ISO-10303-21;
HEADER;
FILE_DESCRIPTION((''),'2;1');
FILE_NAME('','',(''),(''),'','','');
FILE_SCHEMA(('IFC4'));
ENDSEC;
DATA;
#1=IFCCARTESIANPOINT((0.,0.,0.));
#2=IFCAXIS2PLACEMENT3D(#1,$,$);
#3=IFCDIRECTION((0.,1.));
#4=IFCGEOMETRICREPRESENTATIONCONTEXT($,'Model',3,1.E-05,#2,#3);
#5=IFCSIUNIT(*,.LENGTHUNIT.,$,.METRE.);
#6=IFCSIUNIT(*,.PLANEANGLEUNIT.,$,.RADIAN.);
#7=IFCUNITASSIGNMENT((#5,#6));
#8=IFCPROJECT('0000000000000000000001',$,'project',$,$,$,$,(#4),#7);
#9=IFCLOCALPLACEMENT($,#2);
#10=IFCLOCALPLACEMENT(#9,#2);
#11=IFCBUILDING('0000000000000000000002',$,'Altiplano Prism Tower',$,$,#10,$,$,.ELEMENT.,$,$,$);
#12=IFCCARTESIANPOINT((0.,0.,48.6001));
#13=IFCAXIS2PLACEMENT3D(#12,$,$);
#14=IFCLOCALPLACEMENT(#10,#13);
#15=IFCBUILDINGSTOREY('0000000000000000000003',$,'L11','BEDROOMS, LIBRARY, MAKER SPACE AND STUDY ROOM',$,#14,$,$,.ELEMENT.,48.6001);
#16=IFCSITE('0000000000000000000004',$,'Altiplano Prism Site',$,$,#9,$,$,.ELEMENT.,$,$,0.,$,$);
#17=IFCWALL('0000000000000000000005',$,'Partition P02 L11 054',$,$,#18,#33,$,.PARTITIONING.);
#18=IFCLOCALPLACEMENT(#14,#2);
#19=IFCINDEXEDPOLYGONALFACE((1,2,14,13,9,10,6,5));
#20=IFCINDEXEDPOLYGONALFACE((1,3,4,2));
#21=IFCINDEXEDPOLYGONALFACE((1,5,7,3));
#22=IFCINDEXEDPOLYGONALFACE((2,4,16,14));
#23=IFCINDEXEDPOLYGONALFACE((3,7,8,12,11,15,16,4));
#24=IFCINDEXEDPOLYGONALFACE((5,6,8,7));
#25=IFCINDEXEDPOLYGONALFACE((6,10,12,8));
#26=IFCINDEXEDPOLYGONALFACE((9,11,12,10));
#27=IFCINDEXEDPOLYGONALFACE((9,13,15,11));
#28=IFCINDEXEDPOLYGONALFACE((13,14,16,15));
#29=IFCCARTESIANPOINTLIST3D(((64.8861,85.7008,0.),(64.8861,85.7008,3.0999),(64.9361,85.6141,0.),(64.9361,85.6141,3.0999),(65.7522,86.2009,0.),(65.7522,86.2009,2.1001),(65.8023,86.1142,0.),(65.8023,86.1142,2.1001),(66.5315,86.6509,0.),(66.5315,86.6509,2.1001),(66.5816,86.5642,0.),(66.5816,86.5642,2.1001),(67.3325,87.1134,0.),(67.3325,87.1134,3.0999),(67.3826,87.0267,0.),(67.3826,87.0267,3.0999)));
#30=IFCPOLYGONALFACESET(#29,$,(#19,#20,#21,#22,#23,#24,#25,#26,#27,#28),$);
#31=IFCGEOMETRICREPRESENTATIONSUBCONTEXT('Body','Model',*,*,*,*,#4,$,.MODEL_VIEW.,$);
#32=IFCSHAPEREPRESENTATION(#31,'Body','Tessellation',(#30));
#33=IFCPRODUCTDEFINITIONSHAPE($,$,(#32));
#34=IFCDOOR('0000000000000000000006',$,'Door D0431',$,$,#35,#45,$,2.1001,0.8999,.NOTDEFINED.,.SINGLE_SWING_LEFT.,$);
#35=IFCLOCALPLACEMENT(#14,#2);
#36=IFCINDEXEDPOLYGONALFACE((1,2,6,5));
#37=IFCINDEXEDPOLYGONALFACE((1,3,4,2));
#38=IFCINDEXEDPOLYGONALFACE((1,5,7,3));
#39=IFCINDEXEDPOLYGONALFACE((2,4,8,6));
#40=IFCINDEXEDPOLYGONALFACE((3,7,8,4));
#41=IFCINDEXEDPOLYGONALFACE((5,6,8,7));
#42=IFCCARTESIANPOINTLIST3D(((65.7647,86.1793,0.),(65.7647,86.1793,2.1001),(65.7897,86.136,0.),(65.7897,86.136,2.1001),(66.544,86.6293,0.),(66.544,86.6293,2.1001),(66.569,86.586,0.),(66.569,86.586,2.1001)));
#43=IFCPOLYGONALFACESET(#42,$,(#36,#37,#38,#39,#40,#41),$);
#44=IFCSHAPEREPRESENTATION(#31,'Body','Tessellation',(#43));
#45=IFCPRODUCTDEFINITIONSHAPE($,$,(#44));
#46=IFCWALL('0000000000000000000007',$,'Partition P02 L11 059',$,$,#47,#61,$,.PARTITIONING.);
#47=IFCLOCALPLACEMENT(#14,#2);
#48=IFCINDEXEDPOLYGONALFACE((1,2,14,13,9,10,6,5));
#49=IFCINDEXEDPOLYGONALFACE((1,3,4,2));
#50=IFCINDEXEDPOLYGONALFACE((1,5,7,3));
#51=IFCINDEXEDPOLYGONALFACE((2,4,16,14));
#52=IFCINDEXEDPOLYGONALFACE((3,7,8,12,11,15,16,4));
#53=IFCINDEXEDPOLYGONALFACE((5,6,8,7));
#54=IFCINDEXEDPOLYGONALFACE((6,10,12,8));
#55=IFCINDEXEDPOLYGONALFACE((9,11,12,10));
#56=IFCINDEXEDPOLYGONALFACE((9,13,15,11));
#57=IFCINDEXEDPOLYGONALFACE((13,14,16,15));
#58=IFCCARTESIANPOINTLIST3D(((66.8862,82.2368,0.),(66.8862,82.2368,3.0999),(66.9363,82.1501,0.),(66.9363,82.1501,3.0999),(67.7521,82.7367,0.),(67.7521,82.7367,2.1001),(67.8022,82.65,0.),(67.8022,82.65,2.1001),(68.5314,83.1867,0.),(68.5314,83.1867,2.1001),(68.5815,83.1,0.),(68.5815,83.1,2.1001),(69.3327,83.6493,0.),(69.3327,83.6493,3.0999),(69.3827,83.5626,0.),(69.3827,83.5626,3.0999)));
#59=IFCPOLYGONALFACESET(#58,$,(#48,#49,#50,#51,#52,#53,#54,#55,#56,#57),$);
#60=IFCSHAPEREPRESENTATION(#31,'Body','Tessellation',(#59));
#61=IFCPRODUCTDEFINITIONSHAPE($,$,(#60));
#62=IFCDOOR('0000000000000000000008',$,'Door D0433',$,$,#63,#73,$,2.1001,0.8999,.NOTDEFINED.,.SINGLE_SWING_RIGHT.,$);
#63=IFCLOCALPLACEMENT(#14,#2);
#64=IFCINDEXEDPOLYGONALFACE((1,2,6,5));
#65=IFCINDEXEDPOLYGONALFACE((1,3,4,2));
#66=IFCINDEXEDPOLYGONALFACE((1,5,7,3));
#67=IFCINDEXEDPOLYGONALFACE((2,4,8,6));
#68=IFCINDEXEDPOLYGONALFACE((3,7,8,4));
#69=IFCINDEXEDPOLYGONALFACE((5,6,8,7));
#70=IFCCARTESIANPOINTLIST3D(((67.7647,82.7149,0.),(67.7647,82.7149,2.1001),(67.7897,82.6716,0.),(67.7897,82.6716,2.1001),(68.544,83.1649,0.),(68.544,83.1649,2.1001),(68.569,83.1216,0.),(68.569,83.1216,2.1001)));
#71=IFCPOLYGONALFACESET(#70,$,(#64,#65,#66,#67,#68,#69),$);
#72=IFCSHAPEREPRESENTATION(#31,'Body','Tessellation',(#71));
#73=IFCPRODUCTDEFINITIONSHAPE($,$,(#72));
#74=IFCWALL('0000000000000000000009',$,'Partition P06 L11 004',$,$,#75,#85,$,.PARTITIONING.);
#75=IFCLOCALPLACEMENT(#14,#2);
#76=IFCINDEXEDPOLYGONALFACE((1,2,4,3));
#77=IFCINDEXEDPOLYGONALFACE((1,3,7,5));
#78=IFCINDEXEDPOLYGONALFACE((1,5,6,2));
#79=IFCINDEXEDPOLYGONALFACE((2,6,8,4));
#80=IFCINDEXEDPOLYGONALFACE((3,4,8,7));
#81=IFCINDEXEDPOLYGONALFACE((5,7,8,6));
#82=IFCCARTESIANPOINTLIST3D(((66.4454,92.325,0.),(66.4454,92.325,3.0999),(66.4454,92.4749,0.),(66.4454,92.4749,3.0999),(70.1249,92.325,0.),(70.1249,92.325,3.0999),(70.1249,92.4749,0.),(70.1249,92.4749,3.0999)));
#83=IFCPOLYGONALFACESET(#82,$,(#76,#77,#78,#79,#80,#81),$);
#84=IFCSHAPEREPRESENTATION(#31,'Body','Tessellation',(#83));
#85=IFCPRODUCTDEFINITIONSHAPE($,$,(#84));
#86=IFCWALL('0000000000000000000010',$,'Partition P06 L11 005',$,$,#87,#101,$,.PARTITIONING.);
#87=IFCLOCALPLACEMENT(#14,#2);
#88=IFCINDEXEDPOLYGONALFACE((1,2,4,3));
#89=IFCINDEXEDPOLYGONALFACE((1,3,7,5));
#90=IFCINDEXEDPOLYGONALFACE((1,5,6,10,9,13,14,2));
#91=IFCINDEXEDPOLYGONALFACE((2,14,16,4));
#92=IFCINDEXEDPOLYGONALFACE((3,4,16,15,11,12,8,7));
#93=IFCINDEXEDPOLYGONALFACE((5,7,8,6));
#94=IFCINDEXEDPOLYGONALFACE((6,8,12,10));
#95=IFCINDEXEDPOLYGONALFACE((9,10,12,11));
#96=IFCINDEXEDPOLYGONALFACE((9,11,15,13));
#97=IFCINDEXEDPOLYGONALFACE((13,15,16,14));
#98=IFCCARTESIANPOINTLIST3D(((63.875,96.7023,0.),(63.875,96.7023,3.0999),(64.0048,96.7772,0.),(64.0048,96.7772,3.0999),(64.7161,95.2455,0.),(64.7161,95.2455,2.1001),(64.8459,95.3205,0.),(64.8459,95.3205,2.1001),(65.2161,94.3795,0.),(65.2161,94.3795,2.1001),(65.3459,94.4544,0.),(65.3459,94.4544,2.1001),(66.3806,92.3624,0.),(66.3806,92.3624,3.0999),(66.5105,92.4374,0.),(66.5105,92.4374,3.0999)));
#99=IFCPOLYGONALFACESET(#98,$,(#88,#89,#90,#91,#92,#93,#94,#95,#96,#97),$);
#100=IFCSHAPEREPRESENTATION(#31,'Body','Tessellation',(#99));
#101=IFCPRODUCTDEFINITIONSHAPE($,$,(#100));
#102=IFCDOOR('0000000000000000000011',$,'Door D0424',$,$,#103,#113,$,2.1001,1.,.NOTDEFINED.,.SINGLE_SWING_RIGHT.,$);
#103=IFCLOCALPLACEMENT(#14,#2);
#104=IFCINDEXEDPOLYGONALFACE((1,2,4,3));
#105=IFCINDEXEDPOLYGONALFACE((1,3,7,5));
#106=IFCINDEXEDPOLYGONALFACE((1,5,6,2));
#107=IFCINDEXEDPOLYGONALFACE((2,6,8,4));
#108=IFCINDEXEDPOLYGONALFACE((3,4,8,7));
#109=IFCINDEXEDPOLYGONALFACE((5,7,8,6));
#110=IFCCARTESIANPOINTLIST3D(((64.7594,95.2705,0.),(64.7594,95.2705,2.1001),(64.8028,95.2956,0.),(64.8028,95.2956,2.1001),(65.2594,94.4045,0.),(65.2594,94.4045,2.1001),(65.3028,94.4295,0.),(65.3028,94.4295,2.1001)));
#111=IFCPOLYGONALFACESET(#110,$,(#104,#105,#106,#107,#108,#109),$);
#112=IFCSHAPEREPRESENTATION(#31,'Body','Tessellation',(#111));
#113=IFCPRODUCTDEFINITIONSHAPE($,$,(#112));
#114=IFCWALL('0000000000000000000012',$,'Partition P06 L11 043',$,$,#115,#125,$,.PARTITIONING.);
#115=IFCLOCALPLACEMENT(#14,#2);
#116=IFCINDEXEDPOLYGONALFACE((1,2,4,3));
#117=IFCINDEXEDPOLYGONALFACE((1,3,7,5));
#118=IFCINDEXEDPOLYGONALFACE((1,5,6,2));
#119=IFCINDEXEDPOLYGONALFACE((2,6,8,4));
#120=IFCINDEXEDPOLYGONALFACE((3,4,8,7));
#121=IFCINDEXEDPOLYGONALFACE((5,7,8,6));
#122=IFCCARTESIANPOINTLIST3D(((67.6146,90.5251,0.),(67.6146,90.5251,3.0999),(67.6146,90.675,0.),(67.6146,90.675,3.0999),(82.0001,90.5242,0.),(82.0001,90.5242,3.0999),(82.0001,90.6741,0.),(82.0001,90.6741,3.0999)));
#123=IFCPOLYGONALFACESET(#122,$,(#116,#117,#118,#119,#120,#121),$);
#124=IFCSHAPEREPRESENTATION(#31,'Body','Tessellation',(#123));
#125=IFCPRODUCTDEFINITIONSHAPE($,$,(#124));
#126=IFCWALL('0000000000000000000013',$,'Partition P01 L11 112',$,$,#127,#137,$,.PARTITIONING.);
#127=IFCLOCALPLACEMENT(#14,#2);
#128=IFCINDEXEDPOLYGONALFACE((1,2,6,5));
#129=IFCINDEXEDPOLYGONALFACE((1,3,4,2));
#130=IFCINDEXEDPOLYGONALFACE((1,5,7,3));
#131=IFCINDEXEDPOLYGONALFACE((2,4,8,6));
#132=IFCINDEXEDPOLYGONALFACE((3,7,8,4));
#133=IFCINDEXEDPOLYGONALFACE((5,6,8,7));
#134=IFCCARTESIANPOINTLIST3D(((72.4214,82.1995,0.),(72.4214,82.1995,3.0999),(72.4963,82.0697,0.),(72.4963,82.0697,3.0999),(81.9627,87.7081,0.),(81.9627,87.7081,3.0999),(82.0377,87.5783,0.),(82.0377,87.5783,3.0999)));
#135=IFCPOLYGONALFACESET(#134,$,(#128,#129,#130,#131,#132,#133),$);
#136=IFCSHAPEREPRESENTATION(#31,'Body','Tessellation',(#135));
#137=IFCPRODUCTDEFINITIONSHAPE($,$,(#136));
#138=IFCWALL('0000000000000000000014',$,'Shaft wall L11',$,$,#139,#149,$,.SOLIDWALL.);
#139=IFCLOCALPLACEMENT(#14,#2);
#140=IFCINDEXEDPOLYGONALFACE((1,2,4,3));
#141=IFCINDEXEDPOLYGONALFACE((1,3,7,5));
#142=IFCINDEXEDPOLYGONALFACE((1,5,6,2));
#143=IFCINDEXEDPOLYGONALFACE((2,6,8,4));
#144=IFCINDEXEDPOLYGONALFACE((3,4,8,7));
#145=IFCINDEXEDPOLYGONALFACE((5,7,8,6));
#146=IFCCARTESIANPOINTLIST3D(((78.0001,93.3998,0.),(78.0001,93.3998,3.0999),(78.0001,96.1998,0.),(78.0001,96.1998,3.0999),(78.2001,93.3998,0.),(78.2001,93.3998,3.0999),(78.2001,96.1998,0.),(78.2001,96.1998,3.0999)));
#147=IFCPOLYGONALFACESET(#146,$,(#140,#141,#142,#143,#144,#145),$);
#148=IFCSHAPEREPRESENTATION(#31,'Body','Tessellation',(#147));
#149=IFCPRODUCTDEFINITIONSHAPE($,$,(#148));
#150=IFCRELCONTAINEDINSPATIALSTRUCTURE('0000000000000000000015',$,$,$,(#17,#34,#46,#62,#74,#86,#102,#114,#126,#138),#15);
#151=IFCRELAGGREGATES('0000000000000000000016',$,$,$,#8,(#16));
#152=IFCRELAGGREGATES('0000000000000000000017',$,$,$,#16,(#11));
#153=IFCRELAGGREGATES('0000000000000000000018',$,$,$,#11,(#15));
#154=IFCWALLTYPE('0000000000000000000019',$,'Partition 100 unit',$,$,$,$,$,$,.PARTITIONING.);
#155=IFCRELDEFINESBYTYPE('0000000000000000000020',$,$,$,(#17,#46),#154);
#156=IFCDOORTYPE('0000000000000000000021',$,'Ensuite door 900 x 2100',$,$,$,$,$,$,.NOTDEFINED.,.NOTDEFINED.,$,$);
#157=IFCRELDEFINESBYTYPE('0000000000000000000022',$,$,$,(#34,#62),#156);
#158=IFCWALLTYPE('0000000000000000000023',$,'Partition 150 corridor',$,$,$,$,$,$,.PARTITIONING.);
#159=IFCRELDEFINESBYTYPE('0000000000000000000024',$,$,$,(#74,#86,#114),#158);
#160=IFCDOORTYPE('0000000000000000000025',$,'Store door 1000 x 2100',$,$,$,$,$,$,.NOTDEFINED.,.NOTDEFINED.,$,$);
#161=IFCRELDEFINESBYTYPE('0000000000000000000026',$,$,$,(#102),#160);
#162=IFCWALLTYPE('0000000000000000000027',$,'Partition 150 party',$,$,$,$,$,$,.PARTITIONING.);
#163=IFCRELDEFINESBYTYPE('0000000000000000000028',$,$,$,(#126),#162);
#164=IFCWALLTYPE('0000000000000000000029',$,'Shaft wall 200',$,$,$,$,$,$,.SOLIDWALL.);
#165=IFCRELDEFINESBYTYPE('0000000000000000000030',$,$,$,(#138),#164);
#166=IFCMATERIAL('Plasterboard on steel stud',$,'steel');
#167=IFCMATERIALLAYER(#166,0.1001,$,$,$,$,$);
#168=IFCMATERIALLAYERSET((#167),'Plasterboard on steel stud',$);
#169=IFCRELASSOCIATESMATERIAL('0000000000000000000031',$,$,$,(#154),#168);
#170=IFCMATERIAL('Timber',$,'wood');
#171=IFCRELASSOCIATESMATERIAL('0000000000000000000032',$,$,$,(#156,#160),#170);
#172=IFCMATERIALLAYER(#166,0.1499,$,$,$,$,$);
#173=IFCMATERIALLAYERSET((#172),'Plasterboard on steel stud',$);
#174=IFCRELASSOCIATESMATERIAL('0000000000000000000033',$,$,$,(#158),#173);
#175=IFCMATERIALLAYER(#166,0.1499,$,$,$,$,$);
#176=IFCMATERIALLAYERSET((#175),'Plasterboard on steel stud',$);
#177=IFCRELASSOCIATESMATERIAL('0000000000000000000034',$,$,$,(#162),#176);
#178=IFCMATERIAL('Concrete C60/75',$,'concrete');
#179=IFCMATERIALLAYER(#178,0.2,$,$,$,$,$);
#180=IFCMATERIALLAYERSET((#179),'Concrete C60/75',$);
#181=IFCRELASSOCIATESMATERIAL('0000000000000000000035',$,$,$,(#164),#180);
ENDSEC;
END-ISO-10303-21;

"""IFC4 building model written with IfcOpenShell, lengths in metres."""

from ifc_helpers import new_model, si_unit, direction, frame, frame_2d, origin, place, context, subcontext, project, spatial, rectangle, extrude, material, layer, layer_set, type_object, element, fill, save


model = new_model("IFC4")

# Units and contexts
model_context = context("Model", 3, precision=1e-05, world=origin(), true_north=direction((0.0, 1.0)))
body_context = subcontext(model_context, "Body", "Model", "MODEL_VIEW")
ifc_project = project(units=[si_unit("LENGTHUNIT", "METRE"), si_unit("PLANEANGLEUNIT", "RADIAN")], contexts=[model_context])

# Site, building, storey
site_placement = place(None, origin())
site = spatial("IfcSite", under=ifc_project, at=site_placement, Name="Altiplano Prism Site", CompositionType="ELEMENT", RefElevation=0.0)
building_placement = place(site_placement, origin())
building = spatial("IfcBuilding", under=site, at=building_placement, Name="Altiplano Prism Tower", CompositionType="ELEMENT")
storey_placement = place(building_placement, frame((0.0, 0.0, 48.6001)))
storey = spatial("IfcBuildingStorey", under=building, at=storey_placement, Name="L11", Description="BEDROOMS, LIBRARY, MAKER SPACE AND STUDY ROOM", CompositionType="ELEMENT", Elevation=48.6001)

# Shared definitions
ifc_material_1 = material(Name="Concrete C60/75", Category="concrete")

# Walls, openings, doors
ifc_material_2 = material(Name="Plasterboard on steel stud", Category="steel")
ifc_layer_1 = layer(ifc_material_2, 0.1001)
ifc_layer_set_1 = layer_set([ifc_layer_1], Name="Plasterboard on steel stud")
wall_type_1 = type_object("IfcWallType", Name="Partition 100 unit", PredefinedType="PARTITIONING", material=ifc_layer_set_1)
wall_1_placement = place(storey_placement, frame((67.3577, 87.0701, 0.0), z_axis=(0.0, 0.0, 1.0), x_axis=(-0.866011, -0.500024, 0.0)))
wall_1 = element("IfcWall", 1, at=wall_1_placement, inside=storey, type_object=wall_type_1, Name="Partition P02 L11 054", PredefinedType="PARTITIONING", context=body_context, shape_type="SweptSolid", body=[
    extrude(rectangle(XDim=2.825, YDim=0.1001, at=frame_2d((1.4126, 0.0))), origin(), (0.0, 0.0, 1.0), 3.0999),
])
opening_1_placement = place(wall_1_placement, frame((0.925, 0.0, 0.0)))
opening_1 = element("IfcOpeningElement", 2, at=opening_1_placement, cuts=wall_1, PredefinedType="OPENING", context=body_context, shape_type="SweptSolid", body=[
    extrude(rectangle(XDim=0.8999, YDim=2.1001, at=frame_2d((0.45, 1.05))), frame((0.0, 0.0605, 0.0), z_axis=(0.0, -1.0, 0.0), x_axis=(1.0, 0.0, 0.0)), (0.0, 0.0, 1.0), 0.1211),
])
ifc_material_3 = material(Name="Timber", Category="wood")
door_type_1 = type_object("IfcDoorType", Name="Ensuite door 900 x 2100", OperationType="NOTDEFINED", PredefinedType="NOTDEFINED", material=ifc_material_3)
door_1_placement = place(opening_1_placement, origin())
door_1 = element("IfcDoor", 3, at=door_1_placement, inside=storey, type_object=door_type_1, Name="Door D0431", OperationType="SINGLE_SWING_LEFT", OverallHeight=2.1001, OverallWidth=0.8999, PredefinedType="NOTDEFINED", context=body_context, shape_type="SweptSolid", body=[
    extrude(rectangle(XDim=0.8999, YDim=2.1001, at=frame_2d((0.45, 1.05))), frame((0.0, 0.0249, 0.0), z_axis=(0.0, -1.0, 0.0), x_axis=(1.0, 0.0, 0.0)), (0.0, 0.0, 1.0), 0.05),
])
fill(opening_1, door_1)
wall_2_placement = place(storey_placement, frame((66.9111, 82.1934, 0.0), z_axis=(0.0, 0.0, 1.0), x_axis=(0.866011, 0.500024, 0.0)))
wall_2 = element("IfcWall", 4, at=wall_2_placement, inside=storey, type_object=wall_type_1, Name="Partition P02 L11 059", PredefinedType="PARTITIONING", context=body_context, shape_type="SweptSolid", body=[
    extrude(rectangle(XDim=2.825, YDim=0.1001, at=frame_2d((1.4126, 0.0))), origin(), (0.0, 0.0, 1.0), 3.0999),
])
opening_2_placement = place(wall_2_placement, frame((1.0, 0.0, 0.0)))
opening_2 = element("IfcOpeningElement", 5, at=opening_2_placement, cuts=wall_2, PredefinedType="OPENING", context=body_context, shape_type="SweptSolid", body=[
    extrude(rectangle(XDim=0.8999, YDim=2.1001, at=frame_2d((0.45, 1.05))), frame((0.0, 0.0605, 0.0), z_axis=(0.0, -1.0, 0.0), x_axis=(1.0, 0.0, 0.0)), (0.0, 0.0, 1.0), 0.1211),
])
door_2_placement = place(opening_2_placement, origin())
door_2 = element("IfcDoor", 6, at=door_2_placement, inside=storey, type_object=door_type_1, Name="Door D0433", OperationType="SINGLE_SWING_RIGHT", OverallHeight=2.1001, OverallWidth=0.8999, PredefinedType="NOTDEFINED", context=body_context, shape_type="SweptSolid", body=[
    extrude(rectangle(XDim=0.8999, YDim=2.1001, at=frame_2d((0.45, 1.05))), frame((0.0, 0.0249, 0.0), z_axis=(0.0, -1.0, 0.0), x_axis=(1.0, 0.0, 0.0)), (0.0, 0.0, 1.0), 0.05),
])
fill(opening_2, door_2)

# Wall
ifc_layer_2 = layer(ifc_material_2, 0.1499)
ifc_layer_set_2 = layer_set([ifc_layer_2], Name="Plasterboard on steel stud")
wall_type_2 = type_object("IfcWallType", Name="Partition 150 corridor", PredefinedType="PARTITIONING", material=ifc_layer_set_2)
wall_3_placement = place(storey_placement, frame((70.125, 92.3999, 0.0), z_axis=(0.0, 0.0, 1.0), x_axis=(-1.0, 0.0, 0.0)))
element("IfcWall", 7, at=wall_3_placement, inside=storey, type_object=wall_type_2, Name="Partition P06 L11 004", PredefinedType="PARTITIONING", context=body_context, shape_type="SweptSolid", body=[
    extrude(rectangle(XDim=3.6794, YDim=0.1499, at=frame_2d((1.8398, 0.0))), origin(), (0.0, 0.0, 1.0), 3.0999),
])

# Wall, opening, door
wall_4_placement = place(storey_placement, frame((66.4456, 92.3999, 0.0), z_axis=(0.0, 0.0, 1.0), x_axis=(-0.500001, 0.866025, 0.0)))
wall_4 = element("IfcWall", 8, at=wall_4_placement, inside=storey, type_object=wall_type_2, Name="Partition P06 L11 005", PredefinedType="PARTITIONING", context=body_context, shape_type="SweptSolid", body=[
    extrude(rectangle(XDim=5.0112, YDim=0.1499, at=frame_2d((2.5056, 0.0))), origin(), (0.0, 0.0, 1.0), 3.0999),
])
opening_3_placement = place(wall_4_placement, frame((2.3291, 0.0, 0.0)))
opening_3 = element("IfcOpeningElement", 9, at=opening_3_placement, cuts=wall_4, PredefinedType="OPENING", context=body_context, shape_type="SweptSolid", body=[
    extrude(rectangle(XDim=1.0, YDim=2.1001, at=frame_2d((0.5, 1.05))), frame((0.0, 0.0854, 0.0), z_axis=(0.0, -1.0, 0.0), x_axis=(1.0, 0.0, 0.0)), (0.0, 0.0, 1.0), 0.1709),
])
door_type_2 = type_object("IfcDoorType", Name="Store door 1000 x 2100", OperationType="NOTDEFINED", PredefinedType="NOTDEFINED", material=ifc_material_3)
door_3_placement = place(opening_3_placement, origin())
door_3 = element("IfcDoor", 10, at=door_3_placement, inside=storey, type_object=door_type_2, Name="Door D0424", OperationType="SINGLE_SWING_RIGHT", OverallHeight=2.1001, OverallWidth=1.0, PredefinedType="NOTDEFINED", context=body_context, shape_type="SweptSolid", body=[
    extrude(rectangle(XDim=1.0, YDim=2.1001, at=frame_2d((0.5, 1.05))), frame((0.0, 0.0249, 0.0), z_axis=(0.0, -1.0, 0.0), x_axis=(1.0, 0.0, 0.0)), (0.0, 0.0, 1.0), 0.05),
])
fill(opening_3, door_3)

# Walls
wall_5_placement = place(storey_placement, frame((67.6145, 90.6001, 0.0), z_axis=(0.0, 0.0, 1.0), x_axis=(1.0, -0.000068, 0.0)))
element("IfcWall", 11, at=wall_5_placement, inside=storey, type_object=wall_type_2, Name="Partition P06 L11 043", PredefinedType="PARTITIONING", context=body_context, shape_type="SweptSolid", body=[
    extrude(rectangle(XDim=14.3855, YDim=0.1499, at=frame_2d((7.1929, 0.0))), origin(), (0.0, 0.0, 1.0), 3.0999),
])
ifc_layer_3 = layer(ifc_material_2, 0.1499)
ifc_layer_set_3 = layer_set([ifc_layer_3], Name="Plasterboard on steel stud")
wall_type_3 = type_object("IfcWallType", Name="Partition 150 party", PredefinedType="PARTITIONING", material=ifc_layer_set_3)
wall_6_placement = place(storey_placement, frame((72.4587, 82.1345, 0.0), z_axis=(0.0, 0.0, 1.0), x_axis=(0.866029, 0.499993, 0.0)))
element("IfcWall", 12, at=wall_6_placement, inside=storey, type_object=wall_type_3, Name="Partition P01 L11 112", PredefinedType="PARTITIONING", context=body_context, shape_type="SweptSolid", body=[
    extrude(rectangle(XDim=11.0173, YDim=0.1499, at=frame_2d((5.5088, 0.0))), origin(), (0.0, 0.0, 1.0), 3.0999),
])
ifc_layer_4 = layer(ifc_material_1, 0.2)
ifc_layer_set_4 = layer_set([ifc_layer_4], Name="Concrete C60/75")
wall_type_4 = type_object("IfcWallType", Name="Shaft wall 200", PredefinedType="SOLIDWALL", material=ifc_layer_set_4)
wall_7_placement = place(storey_placement, frame((78.1001, 93.3999, 0.0), z_axis=(0.0, 0.0, 1.0), x_axis=(0.0, 1.0, 0.0)))
element("IfcWall", 13, at=wall_7_placement, inside=storey, type_object=wall_type_4, Name="Shaft wall L11", PredefinedType="SOLIDWALL", context=body_context, shape_type="SweptSolid", body=[
    extrude(rectangle(XDim=2.8, YDim=0.2, at=frame_2d((1.3999, 0.0))), origin(), (0.0, 0.0, 1.0), 3.0999),
])

save(model, "model.ifc")
